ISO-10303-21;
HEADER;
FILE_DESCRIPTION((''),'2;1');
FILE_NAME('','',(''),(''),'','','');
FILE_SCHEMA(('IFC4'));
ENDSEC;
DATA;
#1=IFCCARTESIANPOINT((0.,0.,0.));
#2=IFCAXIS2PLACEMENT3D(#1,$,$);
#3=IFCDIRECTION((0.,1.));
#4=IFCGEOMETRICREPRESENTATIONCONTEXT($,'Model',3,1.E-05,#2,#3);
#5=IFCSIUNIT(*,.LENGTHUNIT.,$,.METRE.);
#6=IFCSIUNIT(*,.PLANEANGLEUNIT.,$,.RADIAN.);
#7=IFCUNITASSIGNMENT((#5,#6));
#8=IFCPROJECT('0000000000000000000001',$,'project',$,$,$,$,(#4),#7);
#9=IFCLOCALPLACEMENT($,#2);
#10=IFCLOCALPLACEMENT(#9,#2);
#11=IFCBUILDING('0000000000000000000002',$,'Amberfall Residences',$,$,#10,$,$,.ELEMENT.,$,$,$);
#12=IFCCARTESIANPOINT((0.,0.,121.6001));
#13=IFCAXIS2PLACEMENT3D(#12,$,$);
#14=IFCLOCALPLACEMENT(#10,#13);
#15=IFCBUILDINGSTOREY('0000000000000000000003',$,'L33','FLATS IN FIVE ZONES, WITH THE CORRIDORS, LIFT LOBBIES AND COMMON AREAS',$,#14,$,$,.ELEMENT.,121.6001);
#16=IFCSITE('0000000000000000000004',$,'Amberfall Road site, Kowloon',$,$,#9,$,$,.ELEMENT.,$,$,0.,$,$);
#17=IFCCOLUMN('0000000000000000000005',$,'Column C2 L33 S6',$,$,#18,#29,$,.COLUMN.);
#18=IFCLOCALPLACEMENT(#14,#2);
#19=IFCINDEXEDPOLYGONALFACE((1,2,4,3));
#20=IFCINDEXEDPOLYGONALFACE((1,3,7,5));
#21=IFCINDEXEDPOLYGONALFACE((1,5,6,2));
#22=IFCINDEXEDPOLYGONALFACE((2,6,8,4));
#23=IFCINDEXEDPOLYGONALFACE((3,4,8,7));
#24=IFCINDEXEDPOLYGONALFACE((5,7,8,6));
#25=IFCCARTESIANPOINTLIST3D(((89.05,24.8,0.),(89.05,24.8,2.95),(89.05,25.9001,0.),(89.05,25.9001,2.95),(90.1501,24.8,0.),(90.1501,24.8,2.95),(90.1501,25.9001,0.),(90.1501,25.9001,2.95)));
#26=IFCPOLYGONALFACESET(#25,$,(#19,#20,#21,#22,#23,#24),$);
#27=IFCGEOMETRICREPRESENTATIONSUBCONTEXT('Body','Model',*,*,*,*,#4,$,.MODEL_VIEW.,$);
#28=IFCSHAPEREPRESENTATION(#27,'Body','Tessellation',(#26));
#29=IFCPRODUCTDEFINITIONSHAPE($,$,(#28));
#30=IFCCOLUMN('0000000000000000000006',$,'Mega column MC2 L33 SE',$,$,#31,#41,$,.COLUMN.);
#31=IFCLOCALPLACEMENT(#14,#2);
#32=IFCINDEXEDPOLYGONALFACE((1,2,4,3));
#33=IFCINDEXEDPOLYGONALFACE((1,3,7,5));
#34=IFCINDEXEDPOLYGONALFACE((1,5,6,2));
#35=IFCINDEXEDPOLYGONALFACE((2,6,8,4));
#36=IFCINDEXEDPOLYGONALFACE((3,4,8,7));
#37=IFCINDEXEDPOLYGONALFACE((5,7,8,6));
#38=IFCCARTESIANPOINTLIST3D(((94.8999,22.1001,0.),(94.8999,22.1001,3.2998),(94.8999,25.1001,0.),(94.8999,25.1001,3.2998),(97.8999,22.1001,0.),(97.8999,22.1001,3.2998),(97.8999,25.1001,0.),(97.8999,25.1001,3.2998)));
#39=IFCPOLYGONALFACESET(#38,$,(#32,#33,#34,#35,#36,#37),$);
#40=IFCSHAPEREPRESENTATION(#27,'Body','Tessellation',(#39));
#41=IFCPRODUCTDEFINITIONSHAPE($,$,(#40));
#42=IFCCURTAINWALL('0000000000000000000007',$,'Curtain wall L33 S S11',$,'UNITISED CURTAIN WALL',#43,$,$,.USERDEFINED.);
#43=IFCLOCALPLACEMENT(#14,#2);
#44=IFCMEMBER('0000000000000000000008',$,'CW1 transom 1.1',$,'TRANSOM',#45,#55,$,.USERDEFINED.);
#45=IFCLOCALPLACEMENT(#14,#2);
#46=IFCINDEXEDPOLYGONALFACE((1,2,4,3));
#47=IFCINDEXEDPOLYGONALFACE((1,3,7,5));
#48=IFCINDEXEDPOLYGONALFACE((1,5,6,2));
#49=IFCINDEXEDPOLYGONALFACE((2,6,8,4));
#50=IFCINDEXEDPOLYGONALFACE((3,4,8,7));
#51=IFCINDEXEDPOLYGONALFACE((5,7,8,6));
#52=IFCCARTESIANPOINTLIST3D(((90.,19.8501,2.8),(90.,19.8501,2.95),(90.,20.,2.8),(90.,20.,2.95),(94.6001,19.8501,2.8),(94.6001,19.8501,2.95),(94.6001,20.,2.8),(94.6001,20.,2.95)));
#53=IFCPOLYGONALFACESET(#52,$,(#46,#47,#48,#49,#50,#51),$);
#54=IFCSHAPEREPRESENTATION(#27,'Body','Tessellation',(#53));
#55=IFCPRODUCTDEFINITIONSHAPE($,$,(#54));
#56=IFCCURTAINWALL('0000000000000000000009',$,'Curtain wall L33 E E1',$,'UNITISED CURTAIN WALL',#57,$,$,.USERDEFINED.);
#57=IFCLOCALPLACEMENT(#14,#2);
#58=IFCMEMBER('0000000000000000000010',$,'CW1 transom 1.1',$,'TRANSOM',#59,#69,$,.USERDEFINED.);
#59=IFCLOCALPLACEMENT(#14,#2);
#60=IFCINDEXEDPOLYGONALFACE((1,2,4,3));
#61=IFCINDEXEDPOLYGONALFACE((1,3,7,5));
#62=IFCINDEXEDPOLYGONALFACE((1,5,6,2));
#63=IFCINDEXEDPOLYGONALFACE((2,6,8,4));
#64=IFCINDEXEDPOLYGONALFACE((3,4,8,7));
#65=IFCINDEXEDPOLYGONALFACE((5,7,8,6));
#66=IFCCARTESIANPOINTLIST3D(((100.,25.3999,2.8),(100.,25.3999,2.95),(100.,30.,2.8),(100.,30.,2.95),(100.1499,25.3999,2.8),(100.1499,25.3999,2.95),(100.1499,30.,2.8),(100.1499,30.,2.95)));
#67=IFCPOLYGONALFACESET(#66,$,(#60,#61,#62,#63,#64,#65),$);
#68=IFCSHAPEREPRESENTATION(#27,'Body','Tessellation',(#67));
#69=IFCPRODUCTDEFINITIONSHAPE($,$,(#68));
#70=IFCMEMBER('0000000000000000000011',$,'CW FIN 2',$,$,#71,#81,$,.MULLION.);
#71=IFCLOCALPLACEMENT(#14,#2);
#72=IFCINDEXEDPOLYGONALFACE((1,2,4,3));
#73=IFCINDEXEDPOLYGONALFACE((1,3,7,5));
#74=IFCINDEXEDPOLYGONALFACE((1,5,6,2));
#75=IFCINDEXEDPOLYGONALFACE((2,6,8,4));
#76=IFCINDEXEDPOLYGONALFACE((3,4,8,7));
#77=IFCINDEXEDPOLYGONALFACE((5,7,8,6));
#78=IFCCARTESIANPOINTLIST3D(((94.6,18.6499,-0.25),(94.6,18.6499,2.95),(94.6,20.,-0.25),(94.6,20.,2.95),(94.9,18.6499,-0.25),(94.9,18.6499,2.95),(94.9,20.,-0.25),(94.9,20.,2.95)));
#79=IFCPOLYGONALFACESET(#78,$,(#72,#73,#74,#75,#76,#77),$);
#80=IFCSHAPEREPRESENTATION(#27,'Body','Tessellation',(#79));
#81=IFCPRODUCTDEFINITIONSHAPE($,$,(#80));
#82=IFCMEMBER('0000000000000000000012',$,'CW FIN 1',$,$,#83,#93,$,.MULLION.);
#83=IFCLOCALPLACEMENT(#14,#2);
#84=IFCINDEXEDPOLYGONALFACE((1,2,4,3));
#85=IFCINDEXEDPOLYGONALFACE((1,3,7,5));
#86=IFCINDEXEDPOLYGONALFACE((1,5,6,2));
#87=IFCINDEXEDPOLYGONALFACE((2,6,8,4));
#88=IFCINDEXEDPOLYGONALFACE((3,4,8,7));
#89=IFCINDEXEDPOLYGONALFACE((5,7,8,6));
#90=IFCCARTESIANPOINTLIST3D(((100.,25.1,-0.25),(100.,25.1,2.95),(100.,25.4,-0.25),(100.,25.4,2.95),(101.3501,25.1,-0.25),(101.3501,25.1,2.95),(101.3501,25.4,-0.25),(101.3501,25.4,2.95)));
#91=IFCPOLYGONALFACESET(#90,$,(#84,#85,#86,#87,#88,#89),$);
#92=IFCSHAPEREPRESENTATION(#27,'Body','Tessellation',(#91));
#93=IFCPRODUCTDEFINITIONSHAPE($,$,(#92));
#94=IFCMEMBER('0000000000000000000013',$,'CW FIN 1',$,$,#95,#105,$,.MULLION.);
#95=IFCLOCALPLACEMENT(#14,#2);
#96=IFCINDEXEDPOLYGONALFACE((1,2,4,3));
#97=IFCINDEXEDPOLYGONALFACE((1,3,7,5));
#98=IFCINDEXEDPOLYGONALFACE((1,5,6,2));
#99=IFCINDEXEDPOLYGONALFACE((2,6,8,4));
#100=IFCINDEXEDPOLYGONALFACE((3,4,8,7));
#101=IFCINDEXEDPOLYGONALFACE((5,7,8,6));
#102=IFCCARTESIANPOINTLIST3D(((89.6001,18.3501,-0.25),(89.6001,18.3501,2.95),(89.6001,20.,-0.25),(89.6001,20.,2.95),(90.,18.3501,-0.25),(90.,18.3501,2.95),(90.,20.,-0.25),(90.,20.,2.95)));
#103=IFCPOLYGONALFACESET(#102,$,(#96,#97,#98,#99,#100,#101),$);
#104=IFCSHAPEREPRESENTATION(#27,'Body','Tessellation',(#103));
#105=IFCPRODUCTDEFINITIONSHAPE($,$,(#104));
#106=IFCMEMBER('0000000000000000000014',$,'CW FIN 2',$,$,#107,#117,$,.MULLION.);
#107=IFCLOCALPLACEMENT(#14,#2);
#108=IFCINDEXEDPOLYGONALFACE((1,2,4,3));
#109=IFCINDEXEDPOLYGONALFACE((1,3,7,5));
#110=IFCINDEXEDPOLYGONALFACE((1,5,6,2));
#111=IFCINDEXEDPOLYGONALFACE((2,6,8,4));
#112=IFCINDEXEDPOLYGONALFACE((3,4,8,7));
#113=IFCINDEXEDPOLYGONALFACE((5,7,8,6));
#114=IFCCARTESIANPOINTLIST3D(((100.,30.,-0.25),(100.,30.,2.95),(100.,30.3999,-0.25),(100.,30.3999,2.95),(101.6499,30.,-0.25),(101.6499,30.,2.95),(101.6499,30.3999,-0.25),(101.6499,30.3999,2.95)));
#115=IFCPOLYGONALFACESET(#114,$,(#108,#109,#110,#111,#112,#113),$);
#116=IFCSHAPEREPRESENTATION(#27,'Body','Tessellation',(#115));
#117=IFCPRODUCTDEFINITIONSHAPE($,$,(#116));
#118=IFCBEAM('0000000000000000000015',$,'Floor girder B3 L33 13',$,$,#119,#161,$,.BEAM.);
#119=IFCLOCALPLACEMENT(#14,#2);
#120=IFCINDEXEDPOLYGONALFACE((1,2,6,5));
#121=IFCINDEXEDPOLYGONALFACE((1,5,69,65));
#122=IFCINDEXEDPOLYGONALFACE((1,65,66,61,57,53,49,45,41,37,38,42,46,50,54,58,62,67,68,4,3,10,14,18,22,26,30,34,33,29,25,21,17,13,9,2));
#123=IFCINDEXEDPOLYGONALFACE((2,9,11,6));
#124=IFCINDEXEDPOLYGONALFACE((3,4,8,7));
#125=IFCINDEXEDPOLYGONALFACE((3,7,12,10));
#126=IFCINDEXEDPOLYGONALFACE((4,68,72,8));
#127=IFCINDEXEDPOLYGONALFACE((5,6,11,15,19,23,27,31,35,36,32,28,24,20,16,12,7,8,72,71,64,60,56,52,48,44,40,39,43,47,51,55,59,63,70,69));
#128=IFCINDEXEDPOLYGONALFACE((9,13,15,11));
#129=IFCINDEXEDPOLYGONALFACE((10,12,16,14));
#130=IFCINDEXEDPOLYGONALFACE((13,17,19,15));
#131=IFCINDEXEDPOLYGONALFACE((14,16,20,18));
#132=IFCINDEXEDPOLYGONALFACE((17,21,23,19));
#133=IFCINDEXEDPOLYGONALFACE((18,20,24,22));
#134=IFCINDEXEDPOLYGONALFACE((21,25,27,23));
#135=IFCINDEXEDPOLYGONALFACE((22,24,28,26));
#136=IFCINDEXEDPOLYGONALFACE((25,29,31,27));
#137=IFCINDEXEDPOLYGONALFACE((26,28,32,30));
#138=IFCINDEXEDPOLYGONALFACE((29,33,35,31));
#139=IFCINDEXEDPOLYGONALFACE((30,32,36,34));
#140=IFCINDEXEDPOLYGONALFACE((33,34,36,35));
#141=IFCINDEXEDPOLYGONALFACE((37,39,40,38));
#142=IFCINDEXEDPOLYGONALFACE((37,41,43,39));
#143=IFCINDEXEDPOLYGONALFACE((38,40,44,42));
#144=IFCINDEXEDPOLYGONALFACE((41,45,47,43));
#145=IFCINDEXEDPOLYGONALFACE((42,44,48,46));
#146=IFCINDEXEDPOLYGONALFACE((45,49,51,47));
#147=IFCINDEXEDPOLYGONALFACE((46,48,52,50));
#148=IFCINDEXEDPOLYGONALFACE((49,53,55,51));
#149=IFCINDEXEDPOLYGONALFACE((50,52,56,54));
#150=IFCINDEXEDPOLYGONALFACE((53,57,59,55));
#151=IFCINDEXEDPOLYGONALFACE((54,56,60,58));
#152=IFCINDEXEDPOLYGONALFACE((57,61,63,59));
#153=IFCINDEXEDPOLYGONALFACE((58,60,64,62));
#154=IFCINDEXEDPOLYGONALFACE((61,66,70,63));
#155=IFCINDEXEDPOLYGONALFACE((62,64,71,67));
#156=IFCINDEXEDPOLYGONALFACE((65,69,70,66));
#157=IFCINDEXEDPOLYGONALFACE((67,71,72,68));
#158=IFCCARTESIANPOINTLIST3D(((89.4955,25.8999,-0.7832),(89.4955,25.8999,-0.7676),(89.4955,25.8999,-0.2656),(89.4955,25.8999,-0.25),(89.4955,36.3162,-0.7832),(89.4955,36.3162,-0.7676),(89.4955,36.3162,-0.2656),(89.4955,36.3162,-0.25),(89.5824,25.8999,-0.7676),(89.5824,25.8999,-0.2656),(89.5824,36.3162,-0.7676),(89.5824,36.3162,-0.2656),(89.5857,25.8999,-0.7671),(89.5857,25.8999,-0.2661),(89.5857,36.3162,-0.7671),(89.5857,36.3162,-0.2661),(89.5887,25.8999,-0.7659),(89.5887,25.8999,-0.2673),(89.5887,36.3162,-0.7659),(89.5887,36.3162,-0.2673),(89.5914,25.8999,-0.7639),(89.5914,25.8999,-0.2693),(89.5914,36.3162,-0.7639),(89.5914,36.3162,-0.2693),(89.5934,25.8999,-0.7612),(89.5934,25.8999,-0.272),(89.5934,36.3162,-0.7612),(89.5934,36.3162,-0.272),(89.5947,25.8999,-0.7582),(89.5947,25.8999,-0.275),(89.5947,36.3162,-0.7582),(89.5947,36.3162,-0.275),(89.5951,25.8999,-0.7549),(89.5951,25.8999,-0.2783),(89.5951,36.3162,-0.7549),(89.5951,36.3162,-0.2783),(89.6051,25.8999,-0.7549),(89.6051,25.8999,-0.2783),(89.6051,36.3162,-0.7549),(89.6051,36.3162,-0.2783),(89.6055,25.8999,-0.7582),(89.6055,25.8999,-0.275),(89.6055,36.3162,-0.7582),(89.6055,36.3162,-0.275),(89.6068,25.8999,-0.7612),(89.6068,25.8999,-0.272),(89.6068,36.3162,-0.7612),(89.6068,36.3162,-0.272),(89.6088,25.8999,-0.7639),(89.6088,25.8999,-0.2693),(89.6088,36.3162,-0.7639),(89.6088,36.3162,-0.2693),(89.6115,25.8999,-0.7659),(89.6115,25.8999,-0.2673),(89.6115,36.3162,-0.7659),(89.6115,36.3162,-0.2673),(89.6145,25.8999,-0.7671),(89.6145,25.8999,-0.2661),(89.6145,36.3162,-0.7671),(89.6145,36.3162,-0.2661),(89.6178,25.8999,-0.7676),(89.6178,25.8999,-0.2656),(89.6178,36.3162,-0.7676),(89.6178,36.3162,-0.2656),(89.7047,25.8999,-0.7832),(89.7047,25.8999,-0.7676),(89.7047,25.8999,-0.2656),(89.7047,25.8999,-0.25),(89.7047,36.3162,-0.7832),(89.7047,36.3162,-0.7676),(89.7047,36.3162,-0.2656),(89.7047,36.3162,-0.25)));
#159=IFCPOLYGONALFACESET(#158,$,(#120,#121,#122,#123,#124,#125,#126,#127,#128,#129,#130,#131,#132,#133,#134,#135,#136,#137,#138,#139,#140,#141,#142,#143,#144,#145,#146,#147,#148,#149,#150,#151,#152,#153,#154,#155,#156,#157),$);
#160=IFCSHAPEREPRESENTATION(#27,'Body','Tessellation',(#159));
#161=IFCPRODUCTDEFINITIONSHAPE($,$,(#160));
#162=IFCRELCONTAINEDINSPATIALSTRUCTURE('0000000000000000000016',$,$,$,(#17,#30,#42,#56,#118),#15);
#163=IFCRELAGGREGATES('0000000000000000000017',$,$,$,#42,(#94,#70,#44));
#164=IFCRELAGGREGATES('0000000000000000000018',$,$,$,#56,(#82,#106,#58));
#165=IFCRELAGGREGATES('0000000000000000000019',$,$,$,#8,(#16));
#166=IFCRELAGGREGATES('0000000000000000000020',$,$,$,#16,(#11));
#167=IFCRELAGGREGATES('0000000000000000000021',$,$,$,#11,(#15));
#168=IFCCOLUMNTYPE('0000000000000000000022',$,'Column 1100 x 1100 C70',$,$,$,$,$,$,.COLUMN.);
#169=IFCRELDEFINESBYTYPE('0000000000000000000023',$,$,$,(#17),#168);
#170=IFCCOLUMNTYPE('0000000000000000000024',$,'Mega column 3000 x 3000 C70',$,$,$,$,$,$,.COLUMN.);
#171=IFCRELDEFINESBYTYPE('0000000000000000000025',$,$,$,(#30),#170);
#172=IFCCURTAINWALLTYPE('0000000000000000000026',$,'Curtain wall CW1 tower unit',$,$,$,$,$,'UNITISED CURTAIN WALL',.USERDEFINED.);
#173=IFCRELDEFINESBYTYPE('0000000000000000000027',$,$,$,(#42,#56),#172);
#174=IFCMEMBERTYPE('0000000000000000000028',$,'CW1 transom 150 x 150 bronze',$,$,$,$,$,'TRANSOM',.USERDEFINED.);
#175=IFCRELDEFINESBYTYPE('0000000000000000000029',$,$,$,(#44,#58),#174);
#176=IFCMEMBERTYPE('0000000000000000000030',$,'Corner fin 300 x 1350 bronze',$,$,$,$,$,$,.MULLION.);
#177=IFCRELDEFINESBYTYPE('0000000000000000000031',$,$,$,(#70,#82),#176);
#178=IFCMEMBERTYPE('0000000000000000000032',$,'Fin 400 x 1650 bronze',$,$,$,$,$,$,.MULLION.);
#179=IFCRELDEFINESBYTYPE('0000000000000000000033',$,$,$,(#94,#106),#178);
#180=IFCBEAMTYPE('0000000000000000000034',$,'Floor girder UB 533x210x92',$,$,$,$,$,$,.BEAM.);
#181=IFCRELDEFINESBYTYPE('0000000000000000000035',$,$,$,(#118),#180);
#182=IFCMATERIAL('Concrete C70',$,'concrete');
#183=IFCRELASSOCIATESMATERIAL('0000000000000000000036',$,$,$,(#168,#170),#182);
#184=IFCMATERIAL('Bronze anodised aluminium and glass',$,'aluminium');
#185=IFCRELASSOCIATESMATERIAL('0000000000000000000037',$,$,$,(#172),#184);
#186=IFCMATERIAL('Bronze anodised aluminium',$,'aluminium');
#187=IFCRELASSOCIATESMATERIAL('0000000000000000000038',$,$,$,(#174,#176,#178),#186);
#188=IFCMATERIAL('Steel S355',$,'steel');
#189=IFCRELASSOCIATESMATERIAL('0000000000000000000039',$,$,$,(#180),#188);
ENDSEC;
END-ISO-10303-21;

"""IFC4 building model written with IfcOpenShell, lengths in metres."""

from ifc_helpers import new_model, si_unit, direction, frame, origin, origin_2d, place, context, subcontext, project, spatial, rectangle, i_section, extrude, material, material_profile, profile_set, type_object, element, aggregate, save


model = new_model("IFC4")

# Units and contexts
model_context = context("Model", 3, precision=1e-05, world=origin(), true_north=direction((0.0, 1.0)))
body_context = subcontext(model_context, "Body", "Model", "MODEL_VIEW")
ifc_project = project(units=[si_unit("LENGTHUNIT", "METRE"), si_unit("PLANEANGLEUNIT", "RADIAN")], contexts=[model_context])

# Site, building, storey
site_placement = place(None, origin())
site = spatial("IfcSite", under=ifc_project, at=site_placement, Name="Amberfall Road site, Kowloon", CompositionType="ELEMENT", RefElevation=0.0)
building_placement = place(site_placement, origin())
building = spatial("IfcBuilding", under=site, at=building_placement, Name="Amberfall Residences", CompositionType="ELEMENT")
storey_placement = place(building_placement, frame((0.0, 0.0, 121.6001)))
storey = spatial("IfcBuildingStorey", under=building, at=storey_placement, Name="L33", Description="FLATS IN FIVE ZONES, WITH THE CORRIDORS, LIFT LOBBIES AND COMMON AREAS", CompositionType="ELEMENT", Elevation=121.6001)

# Columns
ifc_material_1 = material(Name="Concrete C70", Category="concrete")
ifc_material_profile_1 = material_profile(ifc_material_1, rectangle(XDim=1.1001, YDim=1.1001, at=origin_2d()), Name="Column 1100 x 1100 C70")
ifc_profile_set_1 = profile_set([ifc_material_profile_1], Name="Concrete C70")
column_type_1 = type_object("IfcColumnType", Name="Column 1100 x 1100 C70", PredefinedType="COLUMN", material=ifc_profile_set_1)
column_1_placement = place(storey_placement, frame((89.6001, 25.3501, 0.0), z_axis=(0.0, 0.0, 1.0), x_axis=(1.0, 0.0, 0.0)))
element("IfcColumn", 1, at=column_1_placement, inside=storey, type_object=column_type_1, Name="Column C2 L33 S6", PredefinedType="COLUMN", context=body_context, shape_type="SweptSolid", body=[
    extrude(rectangle(XDim=1.1001, YDim=1.1001, at=origin_2d()), origin(), (0.0, 0.0, 1.0), 2.95),
])
ifc_material_profile_2 = material_profile(ifc_material_1, rectangle(XDim=3.0, YDim=3.0, at=origin_2d()), Name="Mega column 3000 x 3000 C70")
ifc_profile_set_2 = profile_set([ifc_material_profile_2], Name="Concrete C70")
column_type_2 = type_object("IfcColumnType", Name="Mega column 3000 x 3000 C70", PredefinedType="COLUMN", material=ifc_profile_set_2)
column_2_placement = place(storey_placement, frame((96.3999, 23.6001, 0.0), z_axis=(0.0, 0.0, 1.0), x_axis=(1.0, 0.0, 0.0)))
element("IfcColumn", 2, at=column_2_placement, inside=storey, type_object=column_type_2, Name="Mega column MC2 L33 SE", PredefinedType="COLUMN", context=body_context, shape_type="SweptSolid", body=[
    extrude(rectangle(XDim=3.0, YDim=3.0, at=origin_2d()), origin(), (0.0, 0.0, 1.0), 3.2998),
])

# Curtain walls, members
ifc_material_2 = material(Name="Bronze anodised aluminium and glass", Category="aluminium")
curtain_wall_type = type_object("IfcCurtainWallType", Name="Curtain wall CW1 tower unit", ElementType="UNITISED CURTAIN WALL", PredefinedType="USERDEFINED", material=ifc_material_2)
curtain_wall_1_placement = place(storey_placement, origin())
curtain_wall_1 = element("IfcCurtainWall", 3, at=curtain_wall_1_placement, inside=storey, type_object=curtain_wall_type, Name="Curtain wall L33 S S11", ObjectType="UNITISED CURTAIN WALL", PredefinedType="USERDEFINED")
ifc_material_3 = material(Name="Bronze anodised aluminium", Category="aluminium")
ifc_material_profile_3 = material_profile(ifc_material_3, rectangle(XDim=0.1499, YDim=0.1499, at=origin_2d()), Name="CW1 transom 150 x 150 bronze")
ifc_profile_set_3 = profile_set([ifc_material_profile_3], Name="Bronze anodised aluminium")
member_type_1 = type_object("IfcMemberType", Name="CW1 transom 150 x 150 bronze", ElementType="TRANSOM", PredefinedType="USERDEFINED", material=ifc_profile_set_3)
member_1_placement = place(storey_placement, frame((90.0, 19.925, 2.875), z_axis=(1.0, 0.0, 0.0), x_axis=(0.0, 1.0, 0.0)))
member_1 = element("IfcMember", 4, at=member_1_placement, type_object=member_type_1, Name="CW1 transom 1.1", ObjectType="TRANSOM", PredefinedType="USERDEFINED", context=body_context, shape_type="SweptSolid", body=[
    extrude(rectangle(XDim=0.1499, YDim=0.1499, at=origin_2d()), origin(), (0.0, 0.0, 1.0), 4.6001),
])
curtain_wall_2_placement = place(storey_placement, origin())
curtain_wall_2 = element("IfcCurtainWall", 5, at=curtain_wall_2_placement, inside=storey, type_object=curtain_wall_type, Name="Curtain wall L33 E E1", ObjectType="UNITISED CURTAIN WALL", PredefinedType="USERDEFINED")
member_2_placement = place(storey_placement, frame((100.075, 25.3999, 2.875), z_axis=(0.0, 1.0, 0.0), x_axis=(-1.0, 0.0, 0.0)))
member_2 = element("IfcMember", 6, at=member_2_placement, type_object=member_type_1, Name="CW1 transom 1.1", ObjectType="TRANSOM", PredefinedType="USERDEFINED", context=body_context, shape_type="SweptSolid", body=[
    extrude(rectangle(XDim=0.1499, YDim=0.1499, at=origin_2d()), origin(), (0.0, 0.0, 1.0), 4.6001),
])

# Members
ifc_material_profile_4 = material_profile(ifc_material_3, rectangle(XDim=1.3501, YDim=0.3, at=origin_2d()), Name="Corner fin 300 x 1350 bronze")
ifc_profile_set_4 = profile_set([ifc_material_profile_4], Name="Bronze anodised aluminium")
member_type_2 = type_object("IfcMemberType", Name="Corner fin 300 x 1350 bronze", PredefinedType="MULLION", material=ifc_profile_set_4)
member_3_placement = place(storey_placement, frame((94.75, 19.325, -0.25), z_axis=(0.0, 0.0, 1.0), x_axis=(0.0, 1.0, 0.0)))
member_3 = element("IfcMember", 7, at=member_3_placement, type_object=member_type_2, Name="CW FIN 2", PredefinedType="MULLION", context=body_context, shape_type="SweptSolid", body=[
    extrude(rectangle(XDim=1.3501, YDim=0.3, at=origin_2d()), origin(), (0.0, 0.0, 1.0), 3.2),
])
member_4_placement = place(storey_placement, frame((100.675, 25.25, -0.25), z_axis=(0.0, 0.0, 1.0), x_axis=(-1.0, 0.0, 0.0)))
member_4 = element("IfcMember", 8, at=member_4_placement, type_object=member_type_2, Name="CW FIN 1", PredefinedType="MULLION", context=body_context, shape_type="SweptSolid", body=[
    extrude(rectangle(XDim=1.3501, YDim=0.3, at=origin_2d()), origin(), (0.0, 0.0, 1.0), 3.2),
])
ifc_material_profile_5 = material_profile(ifc_material_3, rectangle(XDim=1.6499, YDim=0.3999, at=origin_2d()), Name="Fin 400 x 1650 bronze")
ifc_profile_set_5 = profile_set([ifc_material_profile_5], Name="Bronze anodised aluminium")
member_type_3 = type_object("IfcMemberType", Name="Fin 400 x 1650 bronze", PredefinedType="MULLION", material=ifc_profile_set_5)
member_5_placement = place(storey_placement, frame((89.8, 19.175, -0.25), z_axis=(0.0, 0.0, 1.0), x_axis=(0.0, 1.0, 0.0)))
member_5 = element("IfcMember", 9, at=member_5_placement, type_object=member_type_3, Name="CW FIN 1", PredefinedType="MULLION", context=body_context, shape_type="SweptSolid", body=[
    extrude(rectangle(XDim=1.6499, YDim=0.3999, at=origin_2d()), origin(), (0.0, 0.0, 1.0), 3.2),
])
member_6_placement = place(storey_placement, frame((100.825, 30.2, -0.25), z_axis=(0.0, 0.0, 1.0), x_axis=(-1.0, 0.0, 0.0)))
member_6 = element("IfcMember", 10, at=member_6_placement, type_object=member_type_3, Name="CW FIN 2", PredefinedType="MULLION", context=body_context, shape_type="SweptSolid", body=[
    extrude(rectangle(XDim=1.6499, YDim=0.3999, at=origin_2d()), origin(), (0.0, 0.0, 1.0), 3.2),
])

# Beam
ifc_material_4 = material(Name="Steel S355", Category="steel")
ifc_material_profile_6 = material_profile(ifc_material_4, i_section(OverallWidth=0.2092, OverallDepth=0.5332, WebThickness=0.01, FlangeThickness=0.0156, FilletRadius=0.0127, at=origin_2d()), Name="UB 533x210x92")
ifc_profile_set_6 = profile_set([ifc_material_profile_6], Name="Steel S355")
beam_type_1 = type_object("IfcBeamType", Name="Floor girder UB 533x210x92", PredefinedType="BEAM", material=ifc_profile_set_6)
beam_1_placement = place(storey_placement, frame((89.6001, 25.8999, -0.5166), z_axis=(0.0, 1.0, 0.0), x_axis=(-1.0, 0.0, 0.0)))
element("IfcBeam", 11, at=beam_1_placement, inside=storey, type_object=beam_type_1, Name="Floor girder B3 L33 13", PredefinedType="BEAM", context=body_context, shape_type="SweptSolid", body=[
    extrude(i_section(OverallWidth=0.2092, OverallDepth=0.5332, WebThickness=0.01, FlangeThickness=0.0156, FilletRadius=0.0127, at=origin_2d()), origin(), (0.0, 0.0, 1.0), 10.4163),
])

aggregate(curtain_wall_1, [member_5, member_3, member_1])
aggregate(curtain_wall_2, [member_4, member_6, member_2])

save(model, "model.ifc")
